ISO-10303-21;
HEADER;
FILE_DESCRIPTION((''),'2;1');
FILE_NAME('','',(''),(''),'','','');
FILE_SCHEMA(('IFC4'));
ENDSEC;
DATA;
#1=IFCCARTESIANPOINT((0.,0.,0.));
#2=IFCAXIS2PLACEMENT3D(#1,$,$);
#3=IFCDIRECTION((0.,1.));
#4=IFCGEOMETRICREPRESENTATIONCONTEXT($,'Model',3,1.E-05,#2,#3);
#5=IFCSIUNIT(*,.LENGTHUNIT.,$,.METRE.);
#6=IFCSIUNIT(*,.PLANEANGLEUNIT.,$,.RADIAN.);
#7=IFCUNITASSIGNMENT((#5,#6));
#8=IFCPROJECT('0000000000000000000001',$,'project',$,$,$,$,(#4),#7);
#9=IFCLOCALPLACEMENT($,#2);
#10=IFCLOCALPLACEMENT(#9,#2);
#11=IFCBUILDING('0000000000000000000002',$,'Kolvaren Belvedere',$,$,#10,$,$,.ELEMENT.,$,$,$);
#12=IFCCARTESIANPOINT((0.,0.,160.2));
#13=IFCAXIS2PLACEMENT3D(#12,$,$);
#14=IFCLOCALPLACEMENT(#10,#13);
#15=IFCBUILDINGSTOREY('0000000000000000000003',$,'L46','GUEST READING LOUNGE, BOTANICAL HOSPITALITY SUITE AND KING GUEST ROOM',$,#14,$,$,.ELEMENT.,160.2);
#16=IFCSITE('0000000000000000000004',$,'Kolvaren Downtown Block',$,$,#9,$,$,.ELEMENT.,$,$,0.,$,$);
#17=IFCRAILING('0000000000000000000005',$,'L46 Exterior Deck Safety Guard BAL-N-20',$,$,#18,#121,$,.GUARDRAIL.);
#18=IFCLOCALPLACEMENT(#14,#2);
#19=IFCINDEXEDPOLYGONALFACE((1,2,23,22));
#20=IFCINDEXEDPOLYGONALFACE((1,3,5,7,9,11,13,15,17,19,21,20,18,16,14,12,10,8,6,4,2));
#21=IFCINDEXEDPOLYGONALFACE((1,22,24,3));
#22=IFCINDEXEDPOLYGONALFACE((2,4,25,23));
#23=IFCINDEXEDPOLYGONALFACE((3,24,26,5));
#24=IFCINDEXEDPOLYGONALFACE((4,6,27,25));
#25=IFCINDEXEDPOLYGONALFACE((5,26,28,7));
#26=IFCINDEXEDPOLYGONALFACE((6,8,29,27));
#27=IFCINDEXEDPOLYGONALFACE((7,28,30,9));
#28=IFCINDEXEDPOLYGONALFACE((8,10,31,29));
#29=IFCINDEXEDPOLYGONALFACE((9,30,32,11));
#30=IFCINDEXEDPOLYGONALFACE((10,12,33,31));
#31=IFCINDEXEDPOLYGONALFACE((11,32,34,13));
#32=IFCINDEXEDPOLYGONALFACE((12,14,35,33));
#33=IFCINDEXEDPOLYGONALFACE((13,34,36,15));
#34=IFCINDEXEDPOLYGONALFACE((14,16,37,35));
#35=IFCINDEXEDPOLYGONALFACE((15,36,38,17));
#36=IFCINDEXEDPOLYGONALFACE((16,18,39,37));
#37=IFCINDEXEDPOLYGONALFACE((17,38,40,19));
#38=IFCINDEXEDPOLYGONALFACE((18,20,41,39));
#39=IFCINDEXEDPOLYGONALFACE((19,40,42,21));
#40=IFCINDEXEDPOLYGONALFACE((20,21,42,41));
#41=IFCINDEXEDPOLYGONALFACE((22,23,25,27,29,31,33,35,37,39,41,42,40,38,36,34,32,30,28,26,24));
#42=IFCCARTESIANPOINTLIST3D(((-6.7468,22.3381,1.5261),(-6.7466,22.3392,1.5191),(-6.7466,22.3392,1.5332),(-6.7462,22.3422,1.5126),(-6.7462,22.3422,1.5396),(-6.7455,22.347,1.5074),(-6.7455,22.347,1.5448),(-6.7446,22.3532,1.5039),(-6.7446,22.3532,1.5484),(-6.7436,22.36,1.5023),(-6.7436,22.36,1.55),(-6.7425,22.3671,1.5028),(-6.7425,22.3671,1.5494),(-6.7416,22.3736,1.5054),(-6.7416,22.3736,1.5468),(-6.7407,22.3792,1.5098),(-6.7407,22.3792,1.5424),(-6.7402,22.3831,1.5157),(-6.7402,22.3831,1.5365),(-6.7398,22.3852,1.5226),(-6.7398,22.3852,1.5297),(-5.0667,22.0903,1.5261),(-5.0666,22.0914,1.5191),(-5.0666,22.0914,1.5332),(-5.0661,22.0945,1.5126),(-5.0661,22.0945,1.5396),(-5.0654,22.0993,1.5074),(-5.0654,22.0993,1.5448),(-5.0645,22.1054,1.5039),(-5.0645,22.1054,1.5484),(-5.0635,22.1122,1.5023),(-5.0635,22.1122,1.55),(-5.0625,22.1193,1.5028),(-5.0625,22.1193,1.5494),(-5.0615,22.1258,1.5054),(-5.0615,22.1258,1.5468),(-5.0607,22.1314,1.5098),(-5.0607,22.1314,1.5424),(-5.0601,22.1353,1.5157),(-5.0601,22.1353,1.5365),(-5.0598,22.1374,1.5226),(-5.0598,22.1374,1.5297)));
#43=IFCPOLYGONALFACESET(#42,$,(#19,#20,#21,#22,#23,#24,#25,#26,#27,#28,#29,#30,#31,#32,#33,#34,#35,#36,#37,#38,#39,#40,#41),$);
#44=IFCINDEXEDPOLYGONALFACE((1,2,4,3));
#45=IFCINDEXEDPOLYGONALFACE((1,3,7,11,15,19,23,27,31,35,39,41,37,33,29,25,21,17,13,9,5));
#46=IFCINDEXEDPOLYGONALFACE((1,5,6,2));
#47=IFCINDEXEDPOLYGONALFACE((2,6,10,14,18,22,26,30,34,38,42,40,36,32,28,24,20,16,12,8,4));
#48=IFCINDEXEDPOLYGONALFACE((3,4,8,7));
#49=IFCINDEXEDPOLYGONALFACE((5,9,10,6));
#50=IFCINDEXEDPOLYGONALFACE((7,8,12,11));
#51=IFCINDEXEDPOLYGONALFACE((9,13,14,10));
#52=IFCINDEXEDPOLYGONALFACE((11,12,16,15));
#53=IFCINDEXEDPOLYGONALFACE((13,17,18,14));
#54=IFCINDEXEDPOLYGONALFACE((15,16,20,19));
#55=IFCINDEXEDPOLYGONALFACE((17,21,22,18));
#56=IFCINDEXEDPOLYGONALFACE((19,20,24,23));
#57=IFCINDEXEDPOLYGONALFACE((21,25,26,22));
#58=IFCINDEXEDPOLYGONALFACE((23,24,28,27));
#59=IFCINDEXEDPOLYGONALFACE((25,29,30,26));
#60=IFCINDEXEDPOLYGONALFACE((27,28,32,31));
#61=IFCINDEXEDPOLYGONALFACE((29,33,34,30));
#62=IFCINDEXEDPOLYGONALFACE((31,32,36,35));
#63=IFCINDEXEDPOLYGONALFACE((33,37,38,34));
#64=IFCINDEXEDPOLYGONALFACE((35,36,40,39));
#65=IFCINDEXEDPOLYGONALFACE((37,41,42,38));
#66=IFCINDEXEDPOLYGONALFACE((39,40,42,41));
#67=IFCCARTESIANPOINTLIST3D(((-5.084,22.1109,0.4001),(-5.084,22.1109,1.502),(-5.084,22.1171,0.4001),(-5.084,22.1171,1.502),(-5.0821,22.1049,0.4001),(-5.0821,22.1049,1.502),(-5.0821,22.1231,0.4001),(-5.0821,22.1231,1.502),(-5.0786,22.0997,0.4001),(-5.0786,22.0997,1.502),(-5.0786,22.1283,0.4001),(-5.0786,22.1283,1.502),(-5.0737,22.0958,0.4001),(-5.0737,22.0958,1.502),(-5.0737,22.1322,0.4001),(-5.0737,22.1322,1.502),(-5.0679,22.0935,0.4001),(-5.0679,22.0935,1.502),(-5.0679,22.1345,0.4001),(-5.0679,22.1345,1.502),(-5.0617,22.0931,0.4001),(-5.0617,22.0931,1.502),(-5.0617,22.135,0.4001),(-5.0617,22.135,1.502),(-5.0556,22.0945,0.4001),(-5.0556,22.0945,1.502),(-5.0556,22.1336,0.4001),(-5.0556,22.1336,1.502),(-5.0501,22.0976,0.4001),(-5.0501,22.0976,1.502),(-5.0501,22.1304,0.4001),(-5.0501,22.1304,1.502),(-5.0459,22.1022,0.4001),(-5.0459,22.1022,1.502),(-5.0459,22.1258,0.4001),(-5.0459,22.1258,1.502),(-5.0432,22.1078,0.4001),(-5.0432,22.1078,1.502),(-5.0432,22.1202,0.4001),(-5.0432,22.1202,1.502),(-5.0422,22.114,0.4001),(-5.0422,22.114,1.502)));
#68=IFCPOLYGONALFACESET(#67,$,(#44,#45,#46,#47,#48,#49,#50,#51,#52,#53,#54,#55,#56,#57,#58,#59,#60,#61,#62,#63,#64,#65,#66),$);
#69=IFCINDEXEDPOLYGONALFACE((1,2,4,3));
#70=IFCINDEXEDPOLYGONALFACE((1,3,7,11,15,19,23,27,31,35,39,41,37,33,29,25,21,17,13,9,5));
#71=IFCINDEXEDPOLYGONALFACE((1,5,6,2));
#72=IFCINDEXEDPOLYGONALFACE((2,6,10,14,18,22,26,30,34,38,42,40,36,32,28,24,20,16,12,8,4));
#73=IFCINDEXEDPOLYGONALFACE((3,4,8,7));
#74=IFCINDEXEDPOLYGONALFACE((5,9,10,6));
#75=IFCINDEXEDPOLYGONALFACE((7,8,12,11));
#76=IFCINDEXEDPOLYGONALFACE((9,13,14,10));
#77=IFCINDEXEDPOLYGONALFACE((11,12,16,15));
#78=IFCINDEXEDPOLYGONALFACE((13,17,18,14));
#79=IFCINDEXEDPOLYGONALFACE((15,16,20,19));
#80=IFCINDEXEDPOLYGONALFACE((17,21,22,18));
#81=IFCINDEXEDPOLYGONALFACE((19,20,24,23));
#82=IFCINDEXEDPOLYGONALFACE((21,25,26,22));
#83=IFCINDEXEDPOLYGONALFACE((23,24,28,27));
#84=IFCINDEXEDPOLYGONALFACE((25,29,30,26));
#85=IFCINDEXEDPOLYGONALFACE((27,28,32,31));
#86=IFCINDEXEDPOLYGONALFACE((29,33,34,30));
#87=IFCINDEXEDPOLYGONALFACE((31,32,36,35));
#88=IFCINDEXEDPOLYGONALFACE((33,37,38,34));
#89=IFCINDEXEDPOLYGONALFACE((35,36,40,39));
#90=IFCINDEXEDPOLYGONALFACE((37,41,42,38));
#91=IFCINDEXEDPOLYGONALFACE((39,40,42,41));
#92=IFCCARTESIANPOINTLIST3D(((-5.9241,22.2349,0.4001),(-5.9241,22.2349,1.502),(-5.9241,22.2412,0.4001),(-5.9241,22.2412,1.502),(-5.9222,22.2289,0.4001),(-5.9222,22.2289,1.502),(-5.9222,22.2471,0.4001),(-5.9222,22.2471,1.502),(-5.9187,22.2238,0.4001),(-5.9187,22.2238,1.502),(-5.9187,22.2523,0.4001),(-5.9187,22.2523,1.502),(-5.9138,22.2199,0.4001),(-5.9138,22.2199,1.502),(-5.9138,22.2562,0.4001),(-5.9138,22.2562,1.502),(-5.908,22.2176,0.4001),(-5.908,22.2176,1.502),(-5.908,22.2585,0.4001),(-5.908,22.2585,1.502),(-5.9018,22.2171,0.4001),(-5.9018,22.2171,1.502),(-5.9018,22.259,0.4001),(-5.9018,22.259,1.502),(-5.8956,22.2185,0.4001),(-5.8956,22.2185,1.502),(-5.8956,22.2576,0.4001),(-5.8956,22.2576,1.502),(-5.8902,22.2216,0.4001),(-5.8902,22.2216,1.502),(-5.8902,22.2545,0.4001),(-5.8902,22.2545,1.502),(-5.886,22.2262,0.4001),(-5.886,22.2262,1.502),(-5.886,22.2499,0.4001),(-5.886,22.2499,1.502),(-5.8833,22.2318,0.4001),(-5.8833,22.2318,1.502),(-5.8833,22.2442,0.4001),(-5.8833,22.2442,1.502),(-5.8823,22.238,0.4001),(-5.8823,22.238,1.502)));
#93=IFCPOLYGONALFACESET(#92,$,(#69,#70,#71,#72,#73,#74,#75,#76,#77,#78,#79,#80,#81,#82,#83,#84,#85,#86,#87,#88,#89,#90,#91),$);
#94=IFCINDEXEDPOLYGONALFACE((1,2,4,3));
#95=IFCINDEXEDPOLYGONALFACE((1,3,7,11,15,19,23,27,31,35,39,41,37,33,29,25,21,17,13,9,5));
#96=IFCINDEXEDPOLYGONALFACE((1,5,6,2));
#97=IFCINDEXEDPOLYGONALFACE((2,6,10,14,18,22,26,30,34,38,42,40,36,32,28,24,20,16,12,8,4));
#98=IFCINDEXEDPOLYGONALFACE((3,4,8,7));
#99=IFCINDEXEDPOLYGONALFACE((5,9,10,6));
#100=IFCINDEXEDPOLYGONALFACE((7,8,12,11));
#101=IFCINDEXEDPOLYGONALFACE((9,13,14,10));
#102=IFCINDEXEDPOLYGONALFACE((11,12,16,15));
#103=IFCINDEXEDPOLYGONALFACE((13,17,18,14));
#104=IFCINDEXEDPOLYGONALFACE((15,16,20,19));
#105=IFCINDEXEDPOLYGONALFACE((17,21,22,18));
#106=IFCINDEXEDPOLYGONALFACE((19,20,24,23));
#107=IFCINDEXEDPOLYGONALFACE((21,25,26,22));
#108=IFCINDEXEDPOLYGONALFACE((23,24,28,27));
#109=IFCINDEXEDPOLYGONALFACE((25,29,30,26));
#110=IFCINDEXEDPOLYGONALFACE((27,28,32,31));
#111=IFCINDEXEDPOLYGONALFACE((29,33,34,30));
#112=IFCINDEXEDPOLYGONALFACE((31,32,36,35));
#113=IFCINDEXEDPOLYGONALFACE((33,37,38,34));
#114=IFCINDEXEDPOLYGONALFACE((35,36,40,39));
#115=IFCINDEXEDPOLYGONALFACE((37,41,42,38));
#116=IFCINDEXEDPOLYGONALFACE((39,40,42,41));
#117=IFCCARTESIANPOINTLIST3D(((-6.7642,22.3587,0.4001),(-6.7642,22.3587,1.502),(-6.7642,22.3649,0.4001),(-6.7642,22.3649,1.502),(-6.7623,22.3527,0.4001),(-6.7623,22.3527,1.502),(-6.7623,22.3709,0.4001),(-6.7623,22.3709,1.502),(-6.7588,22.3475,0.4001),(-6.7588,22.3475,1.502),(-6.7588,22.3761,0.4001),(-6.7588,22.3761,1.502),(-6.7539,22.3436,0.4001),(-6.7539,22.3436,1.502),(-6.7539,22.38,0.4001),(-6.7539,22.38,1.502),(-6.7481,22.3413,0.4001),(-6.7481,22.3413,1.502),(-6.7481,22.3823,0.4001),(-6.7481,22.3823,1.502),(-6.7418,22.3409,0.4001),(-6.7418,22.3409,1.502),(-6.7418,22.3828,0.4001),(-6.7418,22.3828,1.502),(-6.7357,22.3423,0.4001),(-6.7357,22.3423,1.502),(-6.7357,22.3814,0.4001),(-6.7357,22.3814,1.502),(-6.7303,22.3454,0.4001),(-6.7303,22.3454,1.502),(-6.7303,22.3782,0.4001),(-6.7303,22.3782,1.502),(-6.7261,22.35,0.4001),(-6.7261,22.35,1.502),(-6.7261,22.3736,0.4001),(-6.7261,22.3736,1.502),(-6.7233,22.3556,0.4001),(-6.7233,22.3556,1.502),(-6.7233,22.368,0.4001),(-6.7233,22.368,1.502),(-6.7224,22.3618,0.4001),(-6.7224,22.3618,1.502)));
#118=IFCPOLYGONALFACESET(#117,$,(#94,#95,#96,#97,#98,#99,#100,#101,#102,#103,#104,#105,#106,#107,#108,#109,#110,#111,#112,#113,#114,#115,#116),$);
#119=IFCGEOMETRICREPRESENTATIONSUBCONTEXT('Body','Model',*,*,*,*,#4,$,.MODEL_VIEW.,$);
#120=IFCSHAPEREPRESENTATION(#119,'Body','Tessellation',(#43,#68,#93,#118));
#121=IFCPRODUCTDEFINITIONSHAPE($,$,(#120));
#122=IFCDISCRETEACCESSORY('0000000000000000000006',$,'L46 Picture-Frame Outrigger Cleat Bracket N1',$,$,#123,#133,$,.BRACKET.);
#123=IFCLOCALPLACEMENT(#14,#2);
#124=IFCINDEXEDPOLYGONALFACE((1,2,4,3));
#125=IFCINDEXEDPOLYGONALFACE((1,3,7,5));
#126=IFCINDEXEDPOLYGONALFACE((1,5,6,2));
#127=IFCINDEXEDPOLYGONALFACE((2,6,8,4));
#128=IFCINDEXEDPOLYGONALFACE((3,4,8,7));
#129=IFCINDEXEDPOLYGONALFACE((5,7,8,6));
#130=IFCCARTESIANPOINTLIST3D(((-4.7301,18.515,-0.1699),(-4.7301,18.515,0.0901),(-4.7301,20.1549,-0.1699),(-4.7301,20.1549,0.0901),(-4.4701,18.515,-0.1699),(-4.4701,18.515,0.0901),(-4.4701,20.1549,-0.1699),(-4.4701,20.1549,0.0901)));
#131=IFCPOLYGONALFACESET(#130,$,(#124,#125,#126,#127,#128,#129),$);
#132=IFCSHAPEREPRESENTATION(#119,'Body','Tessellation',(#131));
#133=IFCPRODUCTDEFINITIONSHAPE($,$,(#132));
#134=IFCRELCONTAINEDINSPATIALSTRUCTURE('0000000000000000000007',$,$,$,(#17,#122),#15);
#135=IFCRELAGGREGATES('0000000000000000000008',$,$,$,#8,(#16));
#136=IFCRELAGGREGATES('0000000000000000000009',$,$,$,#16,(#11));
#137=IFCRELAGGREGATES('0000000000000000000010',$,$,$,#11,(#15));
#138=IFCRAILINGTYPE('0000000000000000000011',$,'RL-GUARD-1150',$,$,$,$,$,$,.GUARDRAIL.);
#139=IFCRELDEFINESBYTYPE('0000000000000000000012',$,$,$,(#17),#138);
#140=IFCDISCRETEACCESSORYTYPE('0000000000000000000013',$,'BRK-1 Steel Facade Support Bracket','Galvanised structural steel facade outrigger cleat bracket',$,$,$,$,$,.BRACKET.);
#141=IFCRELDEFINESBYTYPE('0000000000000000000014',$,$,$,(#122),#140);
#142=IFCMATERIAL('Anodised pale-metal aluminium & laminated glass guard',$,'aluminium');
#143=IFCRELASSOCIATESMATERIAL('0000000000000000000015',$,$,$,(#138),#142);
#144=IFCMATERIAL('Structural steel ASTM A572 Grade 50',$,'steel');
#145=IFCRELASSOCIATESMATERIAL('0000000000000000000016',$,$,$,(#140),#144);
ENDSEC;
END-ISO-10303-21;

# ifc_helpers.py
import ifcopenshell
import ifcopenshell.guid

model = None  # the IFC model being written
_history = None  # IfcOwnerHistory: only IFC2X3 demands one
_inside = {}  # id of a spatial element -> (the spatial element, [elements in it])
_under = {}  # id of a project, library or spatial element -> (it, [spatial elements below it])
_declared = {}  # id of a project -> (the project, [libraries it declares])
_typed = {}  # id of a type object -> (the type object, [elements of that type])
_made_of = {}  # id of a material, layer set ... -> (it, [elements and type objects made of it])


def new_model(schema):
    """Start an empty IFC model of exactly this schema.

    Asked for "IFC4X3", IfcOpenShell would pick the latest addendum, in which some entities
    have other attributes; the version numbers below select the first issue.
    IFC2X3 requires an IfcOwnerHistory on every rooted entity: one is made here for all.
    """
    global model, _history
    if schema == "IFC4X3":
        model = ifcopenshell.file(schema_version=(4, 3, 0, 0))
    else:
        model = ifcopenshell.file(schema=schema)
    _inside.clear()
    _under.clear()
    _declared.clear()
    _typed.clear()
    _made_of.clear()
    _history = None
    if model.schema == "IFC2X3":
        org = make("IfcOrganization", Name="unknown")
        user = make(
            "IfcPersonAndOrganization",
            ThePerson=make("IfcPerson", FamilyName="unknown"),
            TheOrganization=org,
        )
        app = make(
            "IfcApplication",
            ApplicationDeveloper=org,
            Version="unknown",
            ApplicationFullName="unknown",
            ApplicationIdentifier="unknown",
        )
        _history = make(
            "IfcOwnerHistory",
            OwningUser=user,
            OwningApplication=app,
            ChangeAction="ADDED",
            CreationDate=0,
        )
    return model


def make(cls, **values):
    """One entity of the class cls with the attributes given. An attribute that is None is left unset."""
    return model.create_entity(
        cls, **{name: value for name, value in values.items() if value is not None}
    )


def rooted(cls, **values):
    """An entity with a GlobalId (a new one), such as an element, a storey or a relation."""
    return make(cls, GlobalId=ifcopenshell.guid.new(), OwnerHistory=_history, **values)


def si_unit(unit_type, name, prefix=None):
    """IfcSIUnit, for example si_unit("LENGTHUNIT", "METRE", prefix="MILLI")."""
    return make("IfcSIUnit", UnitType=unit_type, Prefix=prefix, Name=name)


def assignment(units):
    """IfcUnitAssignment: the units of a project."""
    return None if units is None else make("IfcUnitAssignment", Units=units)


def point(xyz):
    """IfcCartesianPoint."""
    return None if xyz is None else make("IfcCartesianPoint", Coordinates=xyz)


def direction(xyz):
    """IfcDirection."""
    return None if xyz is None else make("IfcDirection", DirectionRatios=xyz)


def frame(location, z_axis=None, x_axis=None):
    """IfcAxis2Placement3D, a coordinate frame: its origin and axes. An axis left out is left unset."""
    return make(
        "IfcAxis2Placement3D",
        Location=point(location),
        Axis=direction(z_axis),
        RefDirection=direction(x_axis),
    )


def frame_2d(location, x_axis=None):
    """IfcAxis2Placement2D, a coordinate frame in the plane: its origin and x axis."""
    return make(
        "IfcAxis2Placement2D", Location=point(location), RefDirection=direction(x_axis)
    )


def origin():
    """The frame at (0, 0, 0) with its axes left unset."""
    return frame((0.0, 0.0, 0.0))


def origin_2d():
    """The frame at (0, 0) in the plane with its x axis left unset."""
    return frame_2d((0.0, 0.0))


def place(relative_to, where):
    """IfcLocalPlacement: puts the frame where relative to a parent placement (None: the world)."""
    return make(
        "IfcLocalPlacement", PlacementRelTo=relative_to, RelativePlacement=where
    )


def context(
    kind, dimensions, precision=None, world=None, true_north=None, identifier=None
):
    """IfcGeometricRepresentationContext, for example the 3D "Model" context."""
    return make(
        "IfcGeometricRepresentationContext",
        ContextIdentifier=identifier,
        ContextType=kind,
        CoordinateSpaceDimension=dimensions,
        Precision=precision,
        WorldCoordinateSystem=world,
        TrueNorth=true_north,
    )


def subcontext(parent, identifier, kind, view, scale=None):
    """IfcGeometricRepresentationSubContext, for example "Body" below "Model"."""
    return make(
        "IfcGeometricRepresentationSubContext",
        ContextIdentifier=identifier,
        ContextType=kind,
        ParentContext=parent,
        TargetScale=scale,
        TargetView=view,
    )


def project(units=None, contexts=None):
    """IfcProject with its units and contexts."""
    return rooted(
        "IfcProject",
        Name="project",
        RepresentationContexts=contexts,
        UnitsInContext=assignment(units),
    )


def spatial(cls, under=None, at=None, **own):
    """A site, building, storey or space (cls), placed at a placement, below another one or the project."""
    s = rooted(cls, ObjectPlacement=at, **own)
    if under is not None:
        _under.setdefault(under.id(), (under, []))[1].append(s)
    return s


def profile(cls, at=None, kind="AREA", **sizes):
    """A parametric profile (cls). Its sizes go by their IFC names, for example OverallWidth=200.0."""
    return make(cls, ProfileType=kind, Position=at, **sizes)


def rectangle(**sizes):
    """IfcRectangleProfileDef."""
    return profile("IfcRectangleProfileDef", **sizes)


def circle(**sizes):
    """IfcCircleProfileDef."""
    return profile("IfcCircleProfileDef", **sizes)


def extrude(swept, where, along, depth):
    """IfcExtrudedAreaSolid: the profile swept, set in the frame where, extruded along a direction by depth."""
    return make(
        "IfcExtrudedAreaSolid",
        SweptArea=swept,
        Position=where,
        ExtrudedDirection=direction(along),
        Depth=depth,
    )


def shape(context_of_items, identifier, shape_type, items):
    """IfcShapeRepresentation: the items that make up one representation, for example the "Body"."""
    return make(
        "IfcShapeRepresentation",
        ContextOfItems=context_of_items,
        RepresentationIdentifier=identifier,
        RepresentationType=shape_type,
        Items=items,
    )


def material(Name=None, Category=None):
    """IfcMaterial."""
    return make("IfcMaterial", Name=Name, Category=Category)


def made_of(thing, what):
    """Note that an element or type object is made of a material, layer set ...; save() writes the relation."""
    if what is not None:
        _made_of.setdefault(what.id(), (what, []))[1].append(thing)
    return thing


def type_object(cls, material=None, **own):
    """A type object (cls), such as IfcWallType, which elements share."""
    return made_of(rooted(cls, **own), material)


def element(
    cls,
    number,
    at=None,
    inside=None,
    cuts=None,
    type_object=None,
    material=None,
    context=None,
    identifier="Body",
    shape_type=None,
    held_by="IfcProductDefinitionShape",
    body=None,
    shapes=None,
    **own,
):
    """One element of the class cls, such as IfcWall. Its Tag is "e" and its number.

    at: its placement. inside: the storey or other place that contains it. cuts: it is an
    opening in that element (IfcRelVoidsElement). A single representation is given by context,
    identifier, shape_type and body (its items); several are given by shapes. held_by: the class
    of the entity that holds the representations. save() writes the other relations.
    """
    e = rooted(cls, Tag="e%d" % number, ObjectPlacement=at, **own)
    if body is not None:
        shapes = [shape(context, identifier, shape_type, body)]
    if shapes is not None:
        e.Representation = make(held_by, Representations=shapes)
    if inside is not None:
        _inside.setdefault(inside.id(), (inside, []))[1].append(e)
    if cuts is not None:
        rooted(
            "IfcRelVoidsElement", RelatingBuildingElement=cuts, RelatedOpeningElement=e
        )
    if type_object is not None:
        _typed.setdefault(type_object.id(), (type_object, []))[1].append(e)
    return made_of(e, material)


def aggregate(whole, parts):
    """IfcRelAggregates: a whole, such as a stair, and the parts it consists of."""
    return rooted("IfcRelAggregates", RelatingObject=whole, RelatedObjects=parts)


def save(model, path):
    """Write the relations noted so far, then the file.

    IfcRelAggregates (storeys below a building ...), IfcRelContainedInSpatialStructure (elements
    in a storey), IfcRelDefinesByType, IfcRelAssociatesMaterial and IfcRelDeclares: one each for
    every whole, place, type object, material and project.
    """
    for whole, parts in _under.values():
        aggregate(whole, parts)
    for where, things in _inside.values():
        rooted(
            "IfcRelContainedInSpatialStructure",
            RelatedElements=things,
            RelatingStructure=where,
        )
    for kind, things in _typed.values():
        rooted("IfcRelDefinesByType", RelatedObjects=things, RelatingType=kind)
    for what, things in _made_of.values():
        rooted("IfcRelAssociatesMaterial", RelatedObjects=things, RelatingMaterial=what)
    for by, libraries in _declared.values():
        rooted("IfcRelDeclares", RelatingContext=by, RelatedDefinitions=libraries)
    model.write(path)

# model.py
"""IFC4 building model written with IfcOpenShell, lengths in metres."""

from ifc_helpers import new_model, si_unit, direction, frame, origin, origin_2d, place, context, subcontext, project, spatial, rectangle, circle, extrude, material, type_object, element, save


model = new_model("IFC4")

# Units and contexts
model_context = context("Model", 3, precision=1e-05, world=origin(), true_north=direction((0.0, 1.0)))
body_context = subcontext(model_context, "Body", "Model", "MODEL_VIEW")
ifc_project = project(units=[si_unit("LENGTHUNIT", "METRE"), si_unit("PLANEANGLEUNIT", "RADIAN")], contexts=[model_context])

# Site, building, storey
site_placement = place(None, origin())
site = spatial("IfcSite", under=ifc_project, at=site_placement, Name="Kolvaren Downtown Block", CompositionType="ELEMENT", RefElevation=0.0)
building_placement = place(site_placement, origin())
building = spatial("IfcBuilding", under=site, at=building_placement, Name="Kolvaren Belvedere", CompositionType="ELEMENT")
storey_placement = place(building_placement, frame((0.0, 0.0, 160.2)))
storey = spatial("IfcBuildingStorey", under=building, at=storey_placement, Name="L46", Description="GUEST READING LOUNGE, BOTANICAL HOSPITALITY SUITE AND KING GUEST ROOM", CompositionType="ELEMENT", Elevation=160.2)

# Railing
ifc_material_1 = material(Name="Anodised pale-metal aluminium & laminated glass guard", Category="aluminium")
railing_type = type_object("IfcRailingType", Name="RL-GUARD-1150", PredefinedType="GUARDRAIL", material=ifc_material_1)
railing_1_placement = place(storey_placement, frame((-5.0632, 22.114, 0.4001)))
element("IfcRailing", 1, at=railing_1_placement, inside=storey, type_object=railing_type, Name="L46 Exterior Deck Safety Guard BAL-N-20", PredefinedType="GUARDRAIL", context=body_context, shape_type="SweptSolid", body=[
    extrude(circle(Radius=0.0239, at=origin_2d()), frame((0.0, 0.0, 1.126), z_axis=(-0.989298, 0.145908, 0.0), x_axis=(-0.145908, -0.989298, 0.0)), (0.0, 0.0, 1.0), 1.6982),
    extrude(circle(Radius=0.021, at=origin_2d()), origin(), (0.0, 0.0, 1.0), 1.1018),
    extrude(circle(Radius=0.021, at=origin_2d()), frame((-0.8401, 0.124, 0.0)), (0.0, 0.0, 1.0), 1.1018),
    extrude(circle(Radius=0.021, at=origin_2d()), frame((-1.6802, 0.2478, 0.0)), (0.0, 0.0, 1.0), 1.1018),
])

# Discrete accessory
ifc_material_2 = material(Name="Structural steel ASTM A572 Grade 50", Category="steel")
discrete_accessory_type = type_object("IfcDiscreteAccessoryType", Name="BRK-1 Steel Facade Support Bracket", Description="Galvanised structural steel facade outrigger cleat bracket", PredefinedType="BRACKET", material=ifc_material_2)
discrete_accessory_placement = place(storey_placement, frame((-4.6001, 19.335, -0.1699), z_axis=(0.0, 0.0, 1.0), x_axis=(0.0, 1.0, 0.0)))
element("IfcDiscreteAccessory", 2, at=discrete_accessory_placement, inside=storey, type_object=discrete_accessory_type, Name="L46 Picture-Frame Outrigger Cleat Bracket N1", PredefinedType="BRACKET", context=body_context, shape_type="SweptSolid", body=[
    extrude(rectangle(XDim=1.6399, YDim=0.26, at=origin_2d()), origin(), (0.0, 0.0, 1.0), 0.26),
])

save(model, "model.ifc")
